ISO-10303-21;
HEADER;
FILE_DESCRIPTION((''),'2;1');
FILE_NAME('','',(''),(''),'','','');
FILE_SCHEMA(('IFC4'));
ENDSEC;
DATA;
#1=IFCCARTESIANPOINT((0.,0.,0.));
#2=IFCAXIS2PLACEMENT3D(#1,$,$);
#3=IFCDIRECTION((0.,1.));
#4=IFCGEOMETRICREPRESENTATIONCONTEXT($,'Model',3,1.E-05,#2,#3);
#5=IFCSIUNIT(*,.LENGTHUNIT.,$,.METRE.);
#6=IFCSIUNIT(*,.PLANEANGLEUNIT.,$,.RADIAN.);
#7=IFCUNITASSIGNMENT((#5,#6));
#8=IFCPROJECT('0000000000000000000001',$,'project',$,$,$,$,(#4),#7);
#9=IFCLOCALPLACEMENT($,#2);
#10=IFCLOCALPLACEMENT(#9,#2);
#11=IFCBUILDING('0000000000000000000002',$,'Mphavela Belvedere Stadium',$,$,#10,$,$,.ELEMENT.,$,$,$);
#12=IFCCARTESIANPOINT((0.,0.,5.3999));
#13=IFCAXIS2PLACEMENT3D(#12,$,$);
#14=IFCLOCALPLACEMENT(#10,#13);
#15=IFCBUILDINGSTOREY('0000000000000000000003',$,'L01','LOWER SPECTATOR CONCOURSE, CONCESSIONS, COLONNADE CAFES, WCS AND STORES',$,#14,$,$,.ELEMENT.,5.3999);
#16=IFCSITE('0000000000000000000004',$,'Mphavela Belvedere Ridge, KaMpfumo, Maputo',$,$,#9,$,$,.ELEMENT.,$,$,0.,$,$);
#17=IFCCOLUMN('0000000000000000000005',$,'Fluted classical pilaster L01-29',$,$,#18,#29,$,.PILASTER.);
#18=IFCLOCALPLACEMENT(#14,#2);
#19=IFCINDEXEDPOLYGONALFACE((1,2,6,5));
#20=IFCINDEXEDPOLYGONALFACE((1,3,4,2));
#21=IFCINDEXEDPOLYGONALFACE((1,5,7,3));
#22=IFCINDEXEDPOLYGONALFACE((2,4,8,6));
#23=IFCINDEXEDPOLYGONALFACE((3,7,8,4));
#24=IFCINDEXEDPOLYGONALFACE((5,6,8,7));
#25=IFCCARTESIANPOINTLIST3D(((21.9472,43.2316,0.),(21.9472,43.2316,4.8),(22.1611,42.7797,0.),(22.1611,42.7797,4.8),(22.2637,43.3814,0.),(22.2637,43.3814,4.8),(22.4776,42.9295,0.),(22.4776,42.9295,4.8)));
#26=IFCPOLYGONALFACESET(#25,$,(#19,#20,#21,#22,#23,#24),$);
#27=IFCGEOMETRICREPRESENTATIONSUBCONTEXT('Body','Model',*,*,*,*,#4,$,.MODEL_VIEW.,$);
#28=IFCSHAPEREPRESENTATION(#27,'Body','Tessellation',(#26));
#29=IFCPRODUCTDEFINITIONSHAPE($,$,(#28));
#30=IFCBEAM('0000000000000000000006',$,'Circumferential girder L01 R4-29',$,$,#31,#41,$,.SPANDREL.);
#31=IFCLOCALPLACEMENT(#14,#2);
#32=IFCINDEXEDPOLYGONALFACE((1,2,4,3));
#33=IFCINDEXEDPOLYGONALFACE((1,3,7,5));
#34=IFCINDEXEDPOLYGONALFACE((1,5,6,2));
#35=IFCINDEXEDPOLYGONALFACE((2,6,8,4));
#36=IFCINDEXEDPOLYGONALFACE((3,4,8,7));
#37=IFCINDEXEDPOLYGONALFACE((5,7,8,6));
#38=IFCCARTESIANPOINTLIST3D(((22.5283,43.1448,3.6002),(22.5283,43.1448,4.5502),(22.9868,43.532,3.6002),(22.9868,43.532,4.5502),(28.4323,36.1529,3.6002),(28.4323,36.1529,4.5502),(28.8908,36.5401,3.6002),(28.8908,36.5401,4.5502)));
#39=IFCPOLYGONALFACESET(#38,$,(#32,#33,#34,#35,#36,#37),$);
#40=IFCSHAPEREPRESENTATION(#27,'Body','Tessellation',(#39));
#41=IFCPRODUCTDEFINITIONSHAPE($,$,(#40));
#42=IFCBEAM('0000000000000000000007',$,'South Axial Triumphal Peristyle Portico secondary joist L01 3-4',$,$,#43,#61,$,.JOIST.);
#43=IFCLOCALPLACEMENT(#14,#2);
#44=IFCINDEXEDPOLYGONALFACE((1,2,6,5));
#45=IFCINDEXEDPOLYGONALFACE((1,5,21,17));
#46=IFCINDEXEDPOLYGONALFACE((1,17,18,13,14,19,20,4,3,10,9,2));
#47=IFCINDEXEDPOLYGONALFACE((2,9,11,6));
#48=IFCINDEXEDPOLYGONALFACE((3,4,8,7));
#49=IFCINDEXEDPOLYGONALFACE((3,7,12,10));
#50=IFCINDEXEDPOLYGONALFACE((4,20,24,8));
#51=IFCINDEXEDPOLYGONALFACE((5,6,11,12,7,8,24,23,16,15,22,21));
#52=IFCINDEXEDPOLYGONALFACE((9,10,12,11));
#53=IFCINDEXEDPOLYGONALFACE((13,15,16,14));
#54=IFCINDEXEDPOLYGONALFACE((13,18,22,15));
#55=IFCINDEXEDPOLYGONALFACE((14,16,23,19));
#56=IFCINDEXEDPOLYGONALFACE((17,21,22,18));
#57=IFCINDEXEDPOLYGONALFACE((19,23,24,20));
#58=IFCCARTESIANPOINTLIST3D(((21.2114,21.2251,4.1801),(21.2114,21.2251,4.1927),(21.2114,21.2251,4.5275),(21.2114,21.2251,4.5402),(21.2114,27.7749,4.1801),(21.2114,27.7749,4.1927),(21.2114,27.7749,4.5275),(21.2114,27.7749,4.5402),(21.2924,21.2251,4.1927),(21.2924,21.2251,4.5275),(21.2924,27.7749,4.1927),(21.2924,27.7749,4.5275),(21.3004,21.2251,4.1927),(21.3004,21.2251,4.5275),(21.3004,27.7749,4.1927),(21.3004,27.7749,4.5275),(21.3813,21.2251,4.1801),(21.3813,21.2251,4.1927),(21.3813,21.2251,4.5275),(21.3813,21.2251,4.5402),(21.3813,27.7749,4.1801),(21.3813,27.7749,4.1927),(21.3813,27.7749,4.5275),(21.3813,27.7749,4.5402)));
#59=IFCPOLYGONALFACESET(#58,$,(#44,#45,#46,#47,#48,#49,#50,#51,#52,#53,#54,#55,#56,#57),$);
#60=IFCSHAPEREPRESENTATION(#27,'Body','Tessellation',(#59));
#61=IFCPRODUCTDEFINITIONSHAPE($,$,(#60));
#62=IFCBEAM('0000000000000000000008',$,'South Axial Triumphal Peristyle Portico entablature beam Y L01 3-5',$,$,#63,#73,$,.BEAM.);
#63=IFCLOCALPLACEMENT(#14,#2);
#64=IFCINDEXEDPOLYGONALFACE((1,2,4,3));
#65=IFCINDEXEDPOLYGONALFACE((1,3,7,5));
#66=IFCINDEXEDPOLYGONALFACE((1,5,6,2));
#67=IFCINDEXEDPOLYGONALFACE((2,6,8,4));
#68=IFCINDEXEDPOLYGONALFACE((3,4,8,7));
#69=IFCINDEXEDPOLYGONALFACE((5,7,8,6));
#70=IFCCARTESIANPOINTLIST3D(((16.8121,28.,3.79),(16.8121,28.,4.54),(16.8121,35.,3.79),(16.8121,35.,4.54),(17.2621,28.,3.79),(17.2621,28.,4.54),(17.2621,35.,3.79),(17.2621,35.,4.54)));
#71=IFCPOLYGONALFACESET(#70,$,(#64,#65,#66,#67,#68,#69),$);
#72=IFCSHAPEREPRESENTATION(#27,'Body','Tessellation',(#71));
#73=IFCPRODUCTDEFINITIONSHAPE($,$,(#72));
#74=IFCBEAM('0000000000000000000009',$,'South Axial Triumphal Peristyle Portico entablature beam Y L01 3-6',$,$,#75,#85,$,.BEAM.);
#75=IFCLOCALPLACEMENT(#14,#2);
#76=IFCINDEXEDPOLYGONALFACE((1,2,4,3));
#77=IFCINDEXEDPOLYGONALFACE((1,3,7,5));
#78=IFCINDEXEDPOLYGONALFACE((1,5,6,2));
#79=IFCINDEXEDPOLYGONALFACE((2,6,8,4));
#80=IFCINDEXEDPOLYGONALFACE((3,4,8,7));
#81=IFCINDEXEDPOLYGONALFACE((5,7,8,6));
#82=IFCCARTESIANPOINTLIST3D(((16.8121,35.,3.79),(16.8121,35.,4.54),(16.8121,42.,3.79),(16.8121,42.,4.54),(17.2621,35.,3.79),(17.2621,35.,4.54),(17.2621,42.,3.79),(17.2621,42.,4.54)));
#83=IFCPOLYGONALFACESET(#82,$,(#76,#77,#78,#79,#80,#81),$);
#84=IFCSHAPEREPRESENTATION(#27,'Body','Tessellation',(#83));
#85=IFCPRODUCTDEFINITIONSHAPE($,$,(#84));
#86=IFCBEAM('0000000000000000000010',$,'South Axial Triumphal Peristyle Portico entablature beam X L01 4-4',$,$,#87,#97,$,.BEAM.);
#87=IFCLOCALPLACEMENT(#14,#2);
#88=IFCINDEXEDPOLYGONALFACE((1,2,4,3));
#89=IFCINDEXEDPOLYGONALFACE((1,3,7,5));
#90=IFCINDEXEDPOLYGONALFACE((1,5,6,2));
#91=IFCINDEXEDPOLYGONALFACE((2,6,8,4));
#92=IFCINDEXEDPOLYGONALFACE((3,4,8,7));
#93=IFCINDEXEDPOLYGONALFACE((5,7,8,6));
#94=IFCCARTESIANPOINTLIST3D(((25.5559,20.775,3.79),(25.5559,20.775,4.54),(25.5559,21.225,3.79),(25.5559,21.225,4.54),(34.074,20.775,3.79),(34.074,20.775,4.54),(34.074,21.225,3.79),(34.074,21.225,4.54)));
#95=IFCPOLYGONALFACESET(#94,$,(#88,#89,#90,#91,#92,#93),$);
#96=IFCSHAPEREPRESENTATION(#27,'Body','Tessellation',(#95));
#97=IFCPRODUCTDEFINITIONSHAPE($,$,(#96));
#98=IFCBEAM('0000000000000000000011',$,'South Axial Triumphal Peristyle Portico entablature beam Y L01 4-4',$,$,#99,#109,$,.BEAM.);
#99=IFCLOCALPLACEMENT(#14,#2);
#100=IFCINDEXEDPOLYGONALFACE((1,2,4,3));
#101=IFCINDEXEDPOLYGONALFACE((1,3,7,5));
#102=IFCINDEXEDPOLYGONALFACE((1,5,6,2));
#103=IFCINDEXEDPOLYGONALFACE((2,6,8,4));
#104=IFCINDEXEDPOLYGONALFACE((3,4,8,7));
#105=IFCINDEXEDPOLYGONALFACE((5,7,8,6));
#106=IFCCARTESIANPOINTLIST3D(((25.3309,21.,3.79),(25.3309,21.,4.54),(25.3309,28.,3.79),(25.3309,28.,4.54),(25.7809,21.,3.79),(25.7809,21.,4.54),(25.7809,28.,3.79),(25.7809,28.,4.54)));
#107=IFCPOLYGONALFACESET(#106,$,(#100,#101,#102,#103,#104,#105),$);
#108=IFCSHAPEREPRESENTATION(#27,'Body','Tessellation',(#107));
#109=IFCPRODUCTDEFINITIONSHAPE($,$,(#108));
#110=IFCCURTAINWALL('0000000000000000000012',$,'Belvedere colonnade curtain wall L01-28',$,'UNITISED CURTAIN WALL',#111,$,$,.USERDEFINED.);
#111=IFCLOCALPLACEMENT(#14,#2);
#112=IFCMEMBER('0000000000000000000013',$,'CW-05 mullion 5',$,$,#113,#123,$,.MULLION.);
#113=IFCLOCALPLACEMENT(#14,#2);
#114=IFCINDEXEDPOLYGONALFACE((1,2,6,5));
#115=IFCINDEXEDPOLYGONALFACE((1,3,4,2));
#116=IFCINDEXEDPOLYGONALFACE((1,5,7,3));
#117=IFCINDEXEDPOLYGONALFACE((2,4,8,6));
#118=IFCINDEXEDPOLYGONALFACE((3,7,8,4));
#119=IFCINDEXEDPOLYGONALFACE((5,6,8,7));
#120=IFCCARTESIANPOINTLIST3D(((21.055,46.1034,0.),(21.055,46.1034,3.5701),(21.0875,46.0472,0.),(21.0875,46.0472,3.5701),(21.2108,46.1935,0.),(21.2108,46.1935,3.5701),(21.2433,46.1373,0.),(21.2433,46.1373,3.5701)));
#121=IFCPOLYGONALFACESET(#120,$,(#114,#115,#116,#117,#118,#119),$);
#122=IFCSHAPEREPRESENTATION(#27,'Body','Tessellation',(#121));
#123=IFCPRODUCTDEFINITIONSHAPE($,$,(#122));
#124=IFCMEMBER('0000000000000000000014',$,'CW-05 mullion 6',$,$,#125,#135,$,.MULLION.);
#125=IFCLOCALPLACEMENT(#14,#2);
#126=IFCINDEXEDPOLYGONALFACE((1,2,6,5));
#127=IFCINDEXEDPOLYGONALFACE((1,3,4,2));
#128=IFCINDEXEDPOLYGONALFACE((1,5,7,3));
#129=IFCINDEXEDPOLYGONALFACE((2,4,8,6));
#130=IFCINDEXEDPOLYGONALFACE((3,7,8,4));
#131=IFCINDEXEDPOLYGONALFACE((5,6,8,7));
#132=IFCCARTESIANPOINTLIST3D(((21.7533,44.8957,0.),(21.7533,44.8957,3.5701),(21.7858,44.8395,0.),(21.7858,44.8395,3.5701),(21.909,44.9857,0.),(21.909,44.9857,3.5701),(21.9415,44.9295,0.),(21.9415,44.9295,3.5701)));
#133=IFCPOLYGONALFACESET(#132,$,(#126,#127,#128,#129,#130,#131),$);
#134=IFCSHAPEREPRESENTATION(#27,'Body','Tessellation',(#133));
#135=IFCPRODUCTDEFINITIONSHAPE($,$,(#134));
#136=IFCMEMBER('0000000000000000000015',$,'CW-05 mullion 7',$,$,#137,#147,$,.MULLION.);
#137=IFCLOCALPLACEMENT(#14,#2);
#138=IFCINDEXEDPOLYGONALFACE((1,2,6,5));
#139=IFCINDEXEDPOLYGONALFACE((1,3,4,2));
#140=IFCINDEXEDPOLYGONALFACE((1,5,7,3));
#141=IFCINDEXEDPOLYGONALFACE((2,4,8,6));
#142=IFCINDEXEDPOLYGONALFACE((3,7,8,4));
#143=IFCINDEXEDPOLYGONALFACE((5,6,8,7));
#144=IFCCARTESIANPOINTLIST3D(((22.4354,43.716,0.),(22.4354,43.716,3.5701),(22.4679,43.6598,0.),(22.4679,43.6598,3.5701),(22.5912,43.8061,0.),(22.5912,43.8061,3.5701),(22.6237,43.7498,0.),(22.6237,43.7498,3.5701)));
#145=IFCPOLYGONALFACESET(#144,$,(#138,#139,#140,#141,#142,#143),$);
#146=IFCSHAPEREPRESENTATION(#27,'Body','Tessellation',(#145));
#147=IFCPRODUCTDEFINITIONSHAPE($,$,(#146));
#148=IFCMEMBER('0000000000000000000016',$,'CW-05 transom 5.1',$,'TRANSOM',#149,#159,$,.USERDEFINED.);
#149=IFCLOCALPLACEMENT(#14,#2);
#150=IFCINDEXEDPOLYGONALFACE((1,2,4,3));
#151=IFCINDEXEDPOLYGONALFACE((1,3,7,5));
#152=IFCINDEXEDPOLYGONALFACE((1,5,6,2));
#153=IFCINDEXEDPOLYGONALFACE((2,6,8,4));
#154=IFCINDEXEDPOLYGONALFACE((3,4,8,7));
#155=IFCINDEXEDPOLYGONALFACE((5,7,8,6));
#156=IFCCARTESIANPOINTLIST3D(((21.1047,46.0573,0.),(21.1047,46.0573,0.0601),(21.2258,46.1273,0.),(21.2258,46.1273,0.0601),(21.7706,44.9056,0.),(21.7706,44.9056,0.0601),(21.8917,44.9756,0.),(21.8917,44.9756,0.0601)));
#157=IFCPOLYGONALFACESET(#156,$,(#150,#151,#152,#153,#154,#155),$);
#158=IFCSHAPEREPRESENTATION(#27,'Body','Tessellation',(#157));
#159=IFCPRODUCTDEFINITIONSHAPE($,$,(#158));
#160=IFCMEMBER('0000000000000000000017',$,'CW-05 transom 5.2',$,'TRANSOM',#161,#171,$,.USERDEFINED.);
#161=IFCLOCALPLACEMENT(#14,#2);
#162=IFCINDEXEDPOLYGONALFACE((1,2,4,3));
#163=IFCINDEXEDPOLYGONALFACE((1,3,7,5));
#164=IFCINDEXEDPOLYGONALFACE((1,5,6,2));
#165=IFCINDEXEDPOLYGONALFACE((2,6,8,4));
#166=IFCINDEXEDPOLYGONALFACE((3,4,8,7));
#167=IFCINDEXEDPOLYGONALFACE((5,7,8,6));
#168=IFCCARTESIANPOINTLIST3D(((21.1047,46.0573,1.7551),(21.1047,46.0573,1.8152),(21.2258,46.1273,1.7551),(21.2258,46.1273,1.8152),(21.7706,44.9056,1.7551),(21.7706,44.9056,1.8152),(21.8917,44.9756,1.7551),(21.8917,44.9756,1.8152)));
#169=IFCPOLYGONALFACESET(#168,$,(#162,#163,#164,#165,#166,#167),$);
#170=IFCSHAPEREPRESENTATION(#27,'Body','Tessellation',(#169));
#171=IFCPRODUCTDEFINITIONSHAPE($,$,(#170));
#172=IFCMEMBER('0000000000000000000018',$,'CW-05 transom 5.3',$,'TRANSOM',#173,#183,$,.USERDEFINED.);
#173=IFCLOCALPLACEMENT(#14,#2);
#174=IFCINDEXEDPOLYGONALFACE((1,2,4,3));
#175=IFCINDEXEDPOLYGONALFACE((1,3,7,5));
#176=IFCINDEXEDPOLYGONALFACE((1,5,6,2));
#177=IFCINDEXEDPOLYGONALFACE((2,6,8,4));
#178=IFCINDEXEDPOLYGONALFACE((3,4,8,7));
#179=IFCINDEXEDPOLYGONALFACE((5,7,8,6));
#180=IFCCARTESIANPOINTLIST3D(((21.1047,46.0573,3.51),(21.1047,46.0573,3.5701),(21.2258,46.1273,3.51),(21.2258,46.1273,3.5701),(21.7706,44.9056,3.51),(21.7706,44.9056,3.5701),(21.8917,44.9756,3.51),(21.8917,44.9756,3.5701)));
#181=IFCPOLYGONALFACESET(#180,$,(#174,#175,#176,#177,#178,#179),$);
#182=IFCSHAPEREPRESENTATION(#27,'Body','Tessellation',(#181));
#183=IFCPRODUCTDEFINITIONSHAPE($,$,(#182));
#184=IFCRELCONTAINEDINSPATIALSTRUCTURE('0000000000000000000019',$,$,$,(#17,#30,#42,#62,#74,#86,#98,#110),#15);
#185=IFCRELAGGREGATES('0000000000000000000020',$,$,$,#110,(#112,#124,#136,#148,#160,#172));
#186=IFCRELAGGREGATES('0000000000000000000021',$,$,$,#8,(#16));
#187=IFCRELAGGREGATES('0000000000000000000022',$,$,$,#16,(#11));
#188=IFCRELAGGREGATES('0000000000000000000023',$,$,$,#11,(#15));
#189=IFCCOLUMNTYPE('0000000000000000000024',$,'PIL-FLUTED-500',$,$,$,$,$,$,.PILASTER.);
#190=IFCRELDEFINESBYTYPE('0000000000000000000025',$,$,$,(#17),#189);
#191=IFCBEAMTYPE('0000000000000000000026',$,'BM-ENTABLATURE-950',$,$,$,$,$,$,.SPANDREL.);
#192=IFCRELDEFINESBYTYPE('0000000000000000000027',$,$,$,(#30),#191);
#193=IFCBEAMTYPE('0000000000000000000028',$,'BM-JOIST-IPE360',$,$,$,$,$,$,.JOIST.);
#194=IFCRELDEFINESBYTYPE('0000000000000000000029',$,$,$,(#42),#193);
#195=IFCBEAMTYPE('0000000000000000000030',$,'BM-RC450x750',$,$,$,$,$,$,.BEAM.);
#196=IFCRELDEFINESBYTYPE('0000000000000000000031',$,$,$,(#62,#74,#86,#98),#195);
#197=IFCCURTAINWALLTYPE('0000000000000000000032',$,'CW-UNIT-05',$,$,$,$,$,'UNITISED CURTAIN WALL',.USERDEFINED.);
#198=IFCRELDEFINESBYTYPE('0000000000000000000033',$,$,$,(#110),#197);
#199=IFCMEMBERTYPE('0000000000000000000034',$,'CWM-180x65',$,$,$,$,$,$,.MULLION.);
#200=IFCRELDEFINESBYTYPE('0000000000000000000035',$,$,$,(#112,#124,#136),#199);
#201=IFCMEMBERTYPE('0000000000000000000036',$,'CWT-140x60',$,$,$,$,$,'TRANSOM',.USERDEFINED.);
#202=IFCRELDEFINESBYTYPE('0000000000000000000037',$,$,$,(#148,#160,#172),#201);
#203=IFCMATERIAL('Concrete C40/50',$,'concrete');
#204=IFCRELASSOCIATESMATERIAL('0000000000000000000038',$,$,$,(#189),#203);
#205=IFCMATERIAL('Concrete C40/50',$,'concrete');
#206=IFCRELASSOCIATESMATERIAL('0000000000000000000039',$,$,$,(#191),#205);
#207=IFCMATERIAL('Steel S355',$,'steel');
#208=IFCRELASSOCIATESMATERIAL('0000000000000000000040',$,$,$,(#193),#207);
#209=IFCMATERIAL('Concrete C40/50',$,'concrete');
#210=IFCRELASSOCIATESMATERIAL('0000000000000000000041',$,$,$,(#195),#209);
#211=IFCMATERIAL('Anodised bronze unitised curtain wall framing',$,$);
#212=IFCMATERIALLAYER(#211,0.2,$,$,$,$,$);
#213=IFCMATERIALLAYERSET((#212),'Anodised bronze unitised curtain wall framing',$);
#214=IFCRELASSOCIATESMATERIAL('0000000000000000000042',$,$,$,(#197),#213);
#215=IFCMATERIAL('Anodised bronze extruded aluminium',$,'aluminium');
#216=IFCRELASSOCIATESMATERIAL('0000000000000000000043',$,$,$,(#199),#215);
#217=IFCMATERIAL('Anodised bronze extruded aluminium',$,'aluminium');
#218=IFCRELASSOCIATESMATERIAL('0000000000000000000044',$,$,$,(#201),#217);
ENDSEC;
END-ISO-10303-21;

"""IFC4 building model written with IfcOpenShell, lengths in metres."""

from ifc_helpers import new_model, si_unit, direction, frame, origin, origin_2d, place, context, subcontext, project, spatial, rectangle, i_section, extrude, material, layer, layer_set, material_profile, profile_set, type_object, element, aggregate, save


model = new_model("IFC4")

# Units and contexts
model_context = context("Model", 3, precision=1e-05, world=origin(), true_north=direction((0.0, 1.0)))
body_context = subcontext(model_context, "Body", "Model", "MODEL_VIEW")
ifc_project = project(units=[si_unit("LENGTHUNIT", "METRE"), si_unit("PLANEANGLEUNIT", "RADIAN")], contexts=[model_context])

# Site, building, storey
site_placement = place(None, origin())
site = spatial("IfcSite", under=ifc_project, at=site_placement, Name="Mphavela Belvedere Ridge, KaMpfumo, Maputo", CompositionType="ELEMENT", RefElevation=0.0)
building_placement = place(site_placement, origin())
building = spatial("IfcBuilding", under=site, at=building_placement, Name="Mphavela Belvedere Stadium", CompositionType="ELEMENT")
storey_placement = place(building_placement, frame((0.0, 0.0, 5.3999)))
storey = spatial("IfcBuildingStorey", under=building, at=storey_placement, Name="L01", Description="LOWER SPECTATOR CONCOURSE, CONCESSIONS, COLONNADE CAFES, WCS AND STORES", CompositionType="ELEMENT", Elevation=5.3999)

# Column
ifc_material_1 = material(Name="Concrete C40/50", Category="concrete")
ifc_material_profile_1 = material_profile(ifc_material_1, rectangle(XDim=0.5, YDim=0.3501, at=origin_2d()), Name="PIL 500x350")
ifc_profile_set_1 = profile_set([ifc_material_profile_1], Name="Concrete C40/50")
column_type_1 = type_object("IfcColumnType", Name="PIL-FLUTED-500", PredefinedType="PILASTER", material=ifc_profile_set_1)
column_1_placement = place(storey_placement, frame((22.2124, 43.0806, 0.0), z_axis=(0.0, 0.0, 1.0), x_axis=(0.427831, -0.903859, 0.0)))
element("IfcColumn", 1, at=column_1_placement, inside=storey, type_object=column_type_1, Name="Fluted classical pilaster L01-29", PredefinedType="PILASTER", context=body_context, shape_type="SweptSolid", body=[
    extrude(rectangle(XDim=0.5, YDim=0.3501, at=origin_2d()), origin(), (0.0, 0.0, 1.0), 4.8),
])

# Beams
ifc_material_2 = material(Name="Concrete C40/50", Category="concrete")
ifc_material_profile_2 = material_profile(ifc_material_2, rectangle(XDim=0.6001, YDim=0.95, at=origin_2d()), Name="RC 600x950")
ifc_profile_set_2 = profile_set([ifc_material_profile_2], Name="Concrete C40/50")
beam_type_1 = type_object("IfcBeamType", Name="BM-ENTABLATURE-950", PredefinedType="SPANDREL", material=ifc_profile_set_2)
beam_1_placement = place(storey_placement, frame((22.7576, 43.3384, 4.0752), z_axis=(0.645165, -0.764044, 0.0), x_axis=(0.764044, 0.645165, 0.0)))
element("IfcBeam", 2, at=beam_1_placement, inside=storey, type_object=beam_type_1, Name="Circumferential girder L01 R4-29", PredefinedType="SPANDREL", context=body_context, shape_type="SweptSolid", body=[
    extrude(rectangle(XDim=0.6001, YDim=0.95, at=origin_2d()), origin(), (0.0, 0.0, 1.0), 9.1511),
])
ifc_material_3 = material(Name="Steel S355", Category="steel")
ifc_material_profile_3 = material_profile(ifc_material_3, i_section(OverallWidth=0.1699, OverallDepth=0.3601, WebThickness=0.0081, FlangeThickness=0.0127, at=origin_2d()), Name="IPE 360")
ifc_profile_set_3 = profile_set([ifc_material_profile_3], Name="Steel S355")
beam_type_2 = type_object("IfcBeamType", Name="BM-JOIST-IPE360", PredefinedType="JOIST", material=ifc_profile_set_3)
beam_2_placement = place(storey_placement, frame((21.2964, 21.2251, 4.3601), z_axis=(0.0, 1.0, 0.0), x_axis=(-1.0, 0.0, 0.0)))
element("IfcBeam", 3, at=beam_2_placement, inside=storey, type_object=beam_type_2, Name="South Axial Triumphal Peristyle Portico secondary joist L01 3-4", PredefinedType="JOIST", context=body_context, shape_type="SweptSolid", body=[
    extrude(i_section(OverallWidth=0.1699, OverallDepth=0.3601, WebThickness=0.0081, FlangeThickness=0.0127, at=origin_2d()), origin(), (0.0, 0.0, 1.0), 6.5498),
])
ifc_material_4 = material(Name="Concrete C40/50", Category="concrete")
ifc_material_profile_4 = material_profile(ifc_material_4, rectangle(XDim=0.45, YDim=0.75, at=origin_2d()), Name="RC 450x750")
ifc_profile_set_4 = profile_set([ifc_material_profile_4], Name="Concrete C40/50")
beam_type_3 = type_object("IfcBeamType", Name="BM-RC450x750", PredefinedType="BEAM", material=ifc_profile_set_4)
for number, where, z_axis, x_axis, name in (
    (4, (17.0371, 28.0, 4.165), (0.0, 1.0, 0.0), (-1.0, 0.0, 0.0), "South Axial Triumphal Peristyle Portico entablature beam Y L01 3-5"),
    (5, (17.0371, 35.0, 4.165), (0.0, 1.0, 0.0), (-1.0, 0.0, 0.0), "South Axial Triumphal Peristyle Portico entablature beam Y L01 3-6"),
):
    element("IfcBeam", number, at=place(storey_placement, frame(where, z_axis=z_axis, x_axis=x_axis)), inside=storey, type_object=beam_type_3, Name=name, PredefinedType="BEAM", context=body_context, shape_type="SweptSolid", body=[
        extrude(rectangle(XDim=0.45, YDim=0.75, at=origin_2d()), origin(), (0.0, 0.0, 1.0), 7.0),
    ])
beam_3_placement = place(storey_placement, frame((25.5559, 21.0, 4.165), z_axis=(1.0, 0.0, 0.0), x_axis=(0.0, 1.0, 0.0)))
element("IfcBeam", 6, at=beam_3_placement, inside=storey, type_object=beam_type_3, Name="South Axial Triumphal Peristyle Portico entablature beam X L01 4-4", PredefinedType="BEAM", context=body_context, shape_type="SweptSolid", body=[
    extrude(rectangle(XDim=0.45, YDim=0.75, at=origin_2d()), origin(), (0.0, 0.0, 1.0), 8.5181),
])
beam_4_placement = place(storey_placement, frame((25.5559, 21.0, 4.165), z_axis=(0.0, 1.0, 0.0), x_axis=(-1.0, 0.0, 0.0)))
element("IfcBeam", 7, at=beam_4_placement, inside=storey, type_object=beam_type_3, Name="South Axial Triumphal Peristyle Portico entablature beam Y L01 4-4", PredefinedType="BEAM", context=body_context, shape_type="SweptSolid", body=[
    extrude(rectangle(XDim=0.45, YDim=0.75, at=origin_2d()), origin(), (0.0, 0.0, 1.0), 7.0),
])

# Curtain wall, members
ifc_material_5 = material(Name="Anodised bronze unitised curtain wall framing")
ifc_layer_1 = layer(ifc_material_5, 0.2)
ifc_layer_set_1 = layer_set([ifc_layer_1], Name="Anodised bronze unitised curtain wall framing")
curtain_wall_type = type_object("IfcCurtainWallType", Name="CW-UNIT-05", ElementType="UNITISED CURTAIN WALL", PredefinedType="USERDEFINED", material=ifc_layer_set_1)
curtain_wall_placement = place(storey_placement, origin())
curtain_wall = element("IfcCurtainWall", 8, at=curtain_wall_placement, inside=storey, type_object=curtain_wall_type, Name="Belvedere colonnade curtain wall L01-28", ObjectType="UNITISED CURTAIN WALL", PredefinedType="USERDEFINED")
ifc_material_6 = material(Name="Anodised bronze extruded aluminium", Category="aluminium")
ifc_material_profile_5 = material_profile(ifc_material_6, rectangle(XDim=0.1799, YDim=0.0649, at=origin_2d()), Name="CW-MUL 180x65")
ifc_profile_set_5 = profile_set([ifc_material_profile_5], Name="Anodised bronze extruded aluminium")
member_type_1 = type_object("IfcMemberType", Name="CWM-180x65", PredefinedType="MULLION", material=ifc_profile_set_5)
member_1_placement = place(storey_placement, frame((21.1492, 46.1204, 0.0), z_axis=(0.0, 0.0, 1.0), x_axis=(0.865702, 0.500561, 0.0)))
member_1 = element("IfcMember", 9, at=member_1_placement, type_object=member_type_1, Name="CW-05 mullion 5", PredefinedType="MULLION", context=body_context, shape_type="SweptSolid", body=[
    extrude(rectangle(XDim=0.1799, YDim=0.0649, at=origin_2d()), origin(), (0.0, 0.0, 1.0), 3.5701),
])
member_2_placement = place(storey_placement, frame((21.8474, 44.9126, 0.0), z_axis=(0.0, 0.0, 1.0), x_axis=(0.865702, 0.500561, 0.0)))
member_2 = element("IfcMember", 10, at=member_2_placement, type_object=member_type_1, Name="CW-05 mullion 6", PredefinedType="MULLION", context=body_context, shape_type="SweptSolid", body=[
    extrude(rectangle(XDim=0.1799, YDim=0.0649, at=origin_2d()), origin(), (0.0, 0.0, 1.0), 3.5701),
])
member_3_placement = place(storey_placement, frame((22.5295, 43.7329, 0.0), z_axis=(0.0, 0.0, 1.0), x_axis=(0.865702, 0.500561, 0.0)))
member_3 = element("IfcMember", 11, at=member_3_placement, type_object=member_type_1, Name="CW-05 mullion 7", PredefinedType="MULLION", context=body_context, shape_type="SweptSolid", body=[
    extrude(rectangle(XDim=0.1799, YDim=0.0649, at=origin_2d()), origin(), (0.0, 0.0, 1.0), 3.5701),
])
ifc_material_7 = material(Name="Anodised bronze extruded aluminium", Category="aluminium")
ifc_material_profile_6 = material_profile(ifc_material_7, rectangle(XDim=0.1399, YDim=0.0601, at=origin_2d()), Name="CW-TRN 140x60")
ifc_profile_set_6 = profile_set([ifc_material_profile_6], Name="Anodised bronze extruded aluminium")
member_type_2 = type_object("IfcMemberType", Name="CWT-140x60", ElementType="TRANSOM", PredefinedType="USERDEFINED", material=ifc_profile_set_6)
member_4_placement = place(storey_placement, frame((21.1653, 46.0923, 0.03), z_axis=(0.500501, -0.865736, 0.0), x_axis=(0.865736, 0.500501, 0.0)))
member_4 = element("IfcMember", 12, at=member_4_placement, type_object=member_type_2, Name="CW-05 transom 5.1", ObjectType="TRANSOM", PredefinedType="USERDEFINED", context=body_context, shape_type="SweptSolid", body=[
    extrude(rectangle(XDim=0.1399, YDim=0.0601, at=origin_2d()), origin(), (0.0, 0.0, 1.0), 1.3303),
])
member_5_placement = place(storey_placement, frame((21.1653, 46.0923, 1.7852), z_axis=(0.500501, -0.865736, 0.0), x_axis=(0.865736, 0.500501, 0.0)))
member_5 = element("IfcMember", 13, at=member_5_placement, type_object=member_type_2, Name="CW-05 transom 5.2", ObjectType="TRANSOM", PredefinedType="USERDEFINED", context=body_context, shape_type="SweptSolid", body=[
    extrude(rectangle(XDim=0.1399, YDim=0.0601, at=origin_2d()), origin(), (0.0, 0.0, 1.0), 1.3303),
])
member_6_placement = place(storey_placement, frame((21.1653, 46.0923, 3.54), z_axis=(0.500501, -0.865736, 0.0), x_axis=(0.865736, 0.500501, 0.0)))
member_6 = element("IfcMember", 14, at=member_6_placement, type_object=member_type_2, Name="CW-05 transom 5.3", ObjectType="TRANSOM", PredefinedType="USERDEFINED", context=body_context, shape_type="SweptSolid", body=[
    extrude(rectangle(XDim=0.1399, YDim=0.0601, at=origin_2d()), origin(), (0.0, 0.0, 1.0), 1.3303),
])
aggregate(curtain_wall, [member_1, member_2, member_3, member_4, member_5, member_6])

save(model, "model.ifc")
